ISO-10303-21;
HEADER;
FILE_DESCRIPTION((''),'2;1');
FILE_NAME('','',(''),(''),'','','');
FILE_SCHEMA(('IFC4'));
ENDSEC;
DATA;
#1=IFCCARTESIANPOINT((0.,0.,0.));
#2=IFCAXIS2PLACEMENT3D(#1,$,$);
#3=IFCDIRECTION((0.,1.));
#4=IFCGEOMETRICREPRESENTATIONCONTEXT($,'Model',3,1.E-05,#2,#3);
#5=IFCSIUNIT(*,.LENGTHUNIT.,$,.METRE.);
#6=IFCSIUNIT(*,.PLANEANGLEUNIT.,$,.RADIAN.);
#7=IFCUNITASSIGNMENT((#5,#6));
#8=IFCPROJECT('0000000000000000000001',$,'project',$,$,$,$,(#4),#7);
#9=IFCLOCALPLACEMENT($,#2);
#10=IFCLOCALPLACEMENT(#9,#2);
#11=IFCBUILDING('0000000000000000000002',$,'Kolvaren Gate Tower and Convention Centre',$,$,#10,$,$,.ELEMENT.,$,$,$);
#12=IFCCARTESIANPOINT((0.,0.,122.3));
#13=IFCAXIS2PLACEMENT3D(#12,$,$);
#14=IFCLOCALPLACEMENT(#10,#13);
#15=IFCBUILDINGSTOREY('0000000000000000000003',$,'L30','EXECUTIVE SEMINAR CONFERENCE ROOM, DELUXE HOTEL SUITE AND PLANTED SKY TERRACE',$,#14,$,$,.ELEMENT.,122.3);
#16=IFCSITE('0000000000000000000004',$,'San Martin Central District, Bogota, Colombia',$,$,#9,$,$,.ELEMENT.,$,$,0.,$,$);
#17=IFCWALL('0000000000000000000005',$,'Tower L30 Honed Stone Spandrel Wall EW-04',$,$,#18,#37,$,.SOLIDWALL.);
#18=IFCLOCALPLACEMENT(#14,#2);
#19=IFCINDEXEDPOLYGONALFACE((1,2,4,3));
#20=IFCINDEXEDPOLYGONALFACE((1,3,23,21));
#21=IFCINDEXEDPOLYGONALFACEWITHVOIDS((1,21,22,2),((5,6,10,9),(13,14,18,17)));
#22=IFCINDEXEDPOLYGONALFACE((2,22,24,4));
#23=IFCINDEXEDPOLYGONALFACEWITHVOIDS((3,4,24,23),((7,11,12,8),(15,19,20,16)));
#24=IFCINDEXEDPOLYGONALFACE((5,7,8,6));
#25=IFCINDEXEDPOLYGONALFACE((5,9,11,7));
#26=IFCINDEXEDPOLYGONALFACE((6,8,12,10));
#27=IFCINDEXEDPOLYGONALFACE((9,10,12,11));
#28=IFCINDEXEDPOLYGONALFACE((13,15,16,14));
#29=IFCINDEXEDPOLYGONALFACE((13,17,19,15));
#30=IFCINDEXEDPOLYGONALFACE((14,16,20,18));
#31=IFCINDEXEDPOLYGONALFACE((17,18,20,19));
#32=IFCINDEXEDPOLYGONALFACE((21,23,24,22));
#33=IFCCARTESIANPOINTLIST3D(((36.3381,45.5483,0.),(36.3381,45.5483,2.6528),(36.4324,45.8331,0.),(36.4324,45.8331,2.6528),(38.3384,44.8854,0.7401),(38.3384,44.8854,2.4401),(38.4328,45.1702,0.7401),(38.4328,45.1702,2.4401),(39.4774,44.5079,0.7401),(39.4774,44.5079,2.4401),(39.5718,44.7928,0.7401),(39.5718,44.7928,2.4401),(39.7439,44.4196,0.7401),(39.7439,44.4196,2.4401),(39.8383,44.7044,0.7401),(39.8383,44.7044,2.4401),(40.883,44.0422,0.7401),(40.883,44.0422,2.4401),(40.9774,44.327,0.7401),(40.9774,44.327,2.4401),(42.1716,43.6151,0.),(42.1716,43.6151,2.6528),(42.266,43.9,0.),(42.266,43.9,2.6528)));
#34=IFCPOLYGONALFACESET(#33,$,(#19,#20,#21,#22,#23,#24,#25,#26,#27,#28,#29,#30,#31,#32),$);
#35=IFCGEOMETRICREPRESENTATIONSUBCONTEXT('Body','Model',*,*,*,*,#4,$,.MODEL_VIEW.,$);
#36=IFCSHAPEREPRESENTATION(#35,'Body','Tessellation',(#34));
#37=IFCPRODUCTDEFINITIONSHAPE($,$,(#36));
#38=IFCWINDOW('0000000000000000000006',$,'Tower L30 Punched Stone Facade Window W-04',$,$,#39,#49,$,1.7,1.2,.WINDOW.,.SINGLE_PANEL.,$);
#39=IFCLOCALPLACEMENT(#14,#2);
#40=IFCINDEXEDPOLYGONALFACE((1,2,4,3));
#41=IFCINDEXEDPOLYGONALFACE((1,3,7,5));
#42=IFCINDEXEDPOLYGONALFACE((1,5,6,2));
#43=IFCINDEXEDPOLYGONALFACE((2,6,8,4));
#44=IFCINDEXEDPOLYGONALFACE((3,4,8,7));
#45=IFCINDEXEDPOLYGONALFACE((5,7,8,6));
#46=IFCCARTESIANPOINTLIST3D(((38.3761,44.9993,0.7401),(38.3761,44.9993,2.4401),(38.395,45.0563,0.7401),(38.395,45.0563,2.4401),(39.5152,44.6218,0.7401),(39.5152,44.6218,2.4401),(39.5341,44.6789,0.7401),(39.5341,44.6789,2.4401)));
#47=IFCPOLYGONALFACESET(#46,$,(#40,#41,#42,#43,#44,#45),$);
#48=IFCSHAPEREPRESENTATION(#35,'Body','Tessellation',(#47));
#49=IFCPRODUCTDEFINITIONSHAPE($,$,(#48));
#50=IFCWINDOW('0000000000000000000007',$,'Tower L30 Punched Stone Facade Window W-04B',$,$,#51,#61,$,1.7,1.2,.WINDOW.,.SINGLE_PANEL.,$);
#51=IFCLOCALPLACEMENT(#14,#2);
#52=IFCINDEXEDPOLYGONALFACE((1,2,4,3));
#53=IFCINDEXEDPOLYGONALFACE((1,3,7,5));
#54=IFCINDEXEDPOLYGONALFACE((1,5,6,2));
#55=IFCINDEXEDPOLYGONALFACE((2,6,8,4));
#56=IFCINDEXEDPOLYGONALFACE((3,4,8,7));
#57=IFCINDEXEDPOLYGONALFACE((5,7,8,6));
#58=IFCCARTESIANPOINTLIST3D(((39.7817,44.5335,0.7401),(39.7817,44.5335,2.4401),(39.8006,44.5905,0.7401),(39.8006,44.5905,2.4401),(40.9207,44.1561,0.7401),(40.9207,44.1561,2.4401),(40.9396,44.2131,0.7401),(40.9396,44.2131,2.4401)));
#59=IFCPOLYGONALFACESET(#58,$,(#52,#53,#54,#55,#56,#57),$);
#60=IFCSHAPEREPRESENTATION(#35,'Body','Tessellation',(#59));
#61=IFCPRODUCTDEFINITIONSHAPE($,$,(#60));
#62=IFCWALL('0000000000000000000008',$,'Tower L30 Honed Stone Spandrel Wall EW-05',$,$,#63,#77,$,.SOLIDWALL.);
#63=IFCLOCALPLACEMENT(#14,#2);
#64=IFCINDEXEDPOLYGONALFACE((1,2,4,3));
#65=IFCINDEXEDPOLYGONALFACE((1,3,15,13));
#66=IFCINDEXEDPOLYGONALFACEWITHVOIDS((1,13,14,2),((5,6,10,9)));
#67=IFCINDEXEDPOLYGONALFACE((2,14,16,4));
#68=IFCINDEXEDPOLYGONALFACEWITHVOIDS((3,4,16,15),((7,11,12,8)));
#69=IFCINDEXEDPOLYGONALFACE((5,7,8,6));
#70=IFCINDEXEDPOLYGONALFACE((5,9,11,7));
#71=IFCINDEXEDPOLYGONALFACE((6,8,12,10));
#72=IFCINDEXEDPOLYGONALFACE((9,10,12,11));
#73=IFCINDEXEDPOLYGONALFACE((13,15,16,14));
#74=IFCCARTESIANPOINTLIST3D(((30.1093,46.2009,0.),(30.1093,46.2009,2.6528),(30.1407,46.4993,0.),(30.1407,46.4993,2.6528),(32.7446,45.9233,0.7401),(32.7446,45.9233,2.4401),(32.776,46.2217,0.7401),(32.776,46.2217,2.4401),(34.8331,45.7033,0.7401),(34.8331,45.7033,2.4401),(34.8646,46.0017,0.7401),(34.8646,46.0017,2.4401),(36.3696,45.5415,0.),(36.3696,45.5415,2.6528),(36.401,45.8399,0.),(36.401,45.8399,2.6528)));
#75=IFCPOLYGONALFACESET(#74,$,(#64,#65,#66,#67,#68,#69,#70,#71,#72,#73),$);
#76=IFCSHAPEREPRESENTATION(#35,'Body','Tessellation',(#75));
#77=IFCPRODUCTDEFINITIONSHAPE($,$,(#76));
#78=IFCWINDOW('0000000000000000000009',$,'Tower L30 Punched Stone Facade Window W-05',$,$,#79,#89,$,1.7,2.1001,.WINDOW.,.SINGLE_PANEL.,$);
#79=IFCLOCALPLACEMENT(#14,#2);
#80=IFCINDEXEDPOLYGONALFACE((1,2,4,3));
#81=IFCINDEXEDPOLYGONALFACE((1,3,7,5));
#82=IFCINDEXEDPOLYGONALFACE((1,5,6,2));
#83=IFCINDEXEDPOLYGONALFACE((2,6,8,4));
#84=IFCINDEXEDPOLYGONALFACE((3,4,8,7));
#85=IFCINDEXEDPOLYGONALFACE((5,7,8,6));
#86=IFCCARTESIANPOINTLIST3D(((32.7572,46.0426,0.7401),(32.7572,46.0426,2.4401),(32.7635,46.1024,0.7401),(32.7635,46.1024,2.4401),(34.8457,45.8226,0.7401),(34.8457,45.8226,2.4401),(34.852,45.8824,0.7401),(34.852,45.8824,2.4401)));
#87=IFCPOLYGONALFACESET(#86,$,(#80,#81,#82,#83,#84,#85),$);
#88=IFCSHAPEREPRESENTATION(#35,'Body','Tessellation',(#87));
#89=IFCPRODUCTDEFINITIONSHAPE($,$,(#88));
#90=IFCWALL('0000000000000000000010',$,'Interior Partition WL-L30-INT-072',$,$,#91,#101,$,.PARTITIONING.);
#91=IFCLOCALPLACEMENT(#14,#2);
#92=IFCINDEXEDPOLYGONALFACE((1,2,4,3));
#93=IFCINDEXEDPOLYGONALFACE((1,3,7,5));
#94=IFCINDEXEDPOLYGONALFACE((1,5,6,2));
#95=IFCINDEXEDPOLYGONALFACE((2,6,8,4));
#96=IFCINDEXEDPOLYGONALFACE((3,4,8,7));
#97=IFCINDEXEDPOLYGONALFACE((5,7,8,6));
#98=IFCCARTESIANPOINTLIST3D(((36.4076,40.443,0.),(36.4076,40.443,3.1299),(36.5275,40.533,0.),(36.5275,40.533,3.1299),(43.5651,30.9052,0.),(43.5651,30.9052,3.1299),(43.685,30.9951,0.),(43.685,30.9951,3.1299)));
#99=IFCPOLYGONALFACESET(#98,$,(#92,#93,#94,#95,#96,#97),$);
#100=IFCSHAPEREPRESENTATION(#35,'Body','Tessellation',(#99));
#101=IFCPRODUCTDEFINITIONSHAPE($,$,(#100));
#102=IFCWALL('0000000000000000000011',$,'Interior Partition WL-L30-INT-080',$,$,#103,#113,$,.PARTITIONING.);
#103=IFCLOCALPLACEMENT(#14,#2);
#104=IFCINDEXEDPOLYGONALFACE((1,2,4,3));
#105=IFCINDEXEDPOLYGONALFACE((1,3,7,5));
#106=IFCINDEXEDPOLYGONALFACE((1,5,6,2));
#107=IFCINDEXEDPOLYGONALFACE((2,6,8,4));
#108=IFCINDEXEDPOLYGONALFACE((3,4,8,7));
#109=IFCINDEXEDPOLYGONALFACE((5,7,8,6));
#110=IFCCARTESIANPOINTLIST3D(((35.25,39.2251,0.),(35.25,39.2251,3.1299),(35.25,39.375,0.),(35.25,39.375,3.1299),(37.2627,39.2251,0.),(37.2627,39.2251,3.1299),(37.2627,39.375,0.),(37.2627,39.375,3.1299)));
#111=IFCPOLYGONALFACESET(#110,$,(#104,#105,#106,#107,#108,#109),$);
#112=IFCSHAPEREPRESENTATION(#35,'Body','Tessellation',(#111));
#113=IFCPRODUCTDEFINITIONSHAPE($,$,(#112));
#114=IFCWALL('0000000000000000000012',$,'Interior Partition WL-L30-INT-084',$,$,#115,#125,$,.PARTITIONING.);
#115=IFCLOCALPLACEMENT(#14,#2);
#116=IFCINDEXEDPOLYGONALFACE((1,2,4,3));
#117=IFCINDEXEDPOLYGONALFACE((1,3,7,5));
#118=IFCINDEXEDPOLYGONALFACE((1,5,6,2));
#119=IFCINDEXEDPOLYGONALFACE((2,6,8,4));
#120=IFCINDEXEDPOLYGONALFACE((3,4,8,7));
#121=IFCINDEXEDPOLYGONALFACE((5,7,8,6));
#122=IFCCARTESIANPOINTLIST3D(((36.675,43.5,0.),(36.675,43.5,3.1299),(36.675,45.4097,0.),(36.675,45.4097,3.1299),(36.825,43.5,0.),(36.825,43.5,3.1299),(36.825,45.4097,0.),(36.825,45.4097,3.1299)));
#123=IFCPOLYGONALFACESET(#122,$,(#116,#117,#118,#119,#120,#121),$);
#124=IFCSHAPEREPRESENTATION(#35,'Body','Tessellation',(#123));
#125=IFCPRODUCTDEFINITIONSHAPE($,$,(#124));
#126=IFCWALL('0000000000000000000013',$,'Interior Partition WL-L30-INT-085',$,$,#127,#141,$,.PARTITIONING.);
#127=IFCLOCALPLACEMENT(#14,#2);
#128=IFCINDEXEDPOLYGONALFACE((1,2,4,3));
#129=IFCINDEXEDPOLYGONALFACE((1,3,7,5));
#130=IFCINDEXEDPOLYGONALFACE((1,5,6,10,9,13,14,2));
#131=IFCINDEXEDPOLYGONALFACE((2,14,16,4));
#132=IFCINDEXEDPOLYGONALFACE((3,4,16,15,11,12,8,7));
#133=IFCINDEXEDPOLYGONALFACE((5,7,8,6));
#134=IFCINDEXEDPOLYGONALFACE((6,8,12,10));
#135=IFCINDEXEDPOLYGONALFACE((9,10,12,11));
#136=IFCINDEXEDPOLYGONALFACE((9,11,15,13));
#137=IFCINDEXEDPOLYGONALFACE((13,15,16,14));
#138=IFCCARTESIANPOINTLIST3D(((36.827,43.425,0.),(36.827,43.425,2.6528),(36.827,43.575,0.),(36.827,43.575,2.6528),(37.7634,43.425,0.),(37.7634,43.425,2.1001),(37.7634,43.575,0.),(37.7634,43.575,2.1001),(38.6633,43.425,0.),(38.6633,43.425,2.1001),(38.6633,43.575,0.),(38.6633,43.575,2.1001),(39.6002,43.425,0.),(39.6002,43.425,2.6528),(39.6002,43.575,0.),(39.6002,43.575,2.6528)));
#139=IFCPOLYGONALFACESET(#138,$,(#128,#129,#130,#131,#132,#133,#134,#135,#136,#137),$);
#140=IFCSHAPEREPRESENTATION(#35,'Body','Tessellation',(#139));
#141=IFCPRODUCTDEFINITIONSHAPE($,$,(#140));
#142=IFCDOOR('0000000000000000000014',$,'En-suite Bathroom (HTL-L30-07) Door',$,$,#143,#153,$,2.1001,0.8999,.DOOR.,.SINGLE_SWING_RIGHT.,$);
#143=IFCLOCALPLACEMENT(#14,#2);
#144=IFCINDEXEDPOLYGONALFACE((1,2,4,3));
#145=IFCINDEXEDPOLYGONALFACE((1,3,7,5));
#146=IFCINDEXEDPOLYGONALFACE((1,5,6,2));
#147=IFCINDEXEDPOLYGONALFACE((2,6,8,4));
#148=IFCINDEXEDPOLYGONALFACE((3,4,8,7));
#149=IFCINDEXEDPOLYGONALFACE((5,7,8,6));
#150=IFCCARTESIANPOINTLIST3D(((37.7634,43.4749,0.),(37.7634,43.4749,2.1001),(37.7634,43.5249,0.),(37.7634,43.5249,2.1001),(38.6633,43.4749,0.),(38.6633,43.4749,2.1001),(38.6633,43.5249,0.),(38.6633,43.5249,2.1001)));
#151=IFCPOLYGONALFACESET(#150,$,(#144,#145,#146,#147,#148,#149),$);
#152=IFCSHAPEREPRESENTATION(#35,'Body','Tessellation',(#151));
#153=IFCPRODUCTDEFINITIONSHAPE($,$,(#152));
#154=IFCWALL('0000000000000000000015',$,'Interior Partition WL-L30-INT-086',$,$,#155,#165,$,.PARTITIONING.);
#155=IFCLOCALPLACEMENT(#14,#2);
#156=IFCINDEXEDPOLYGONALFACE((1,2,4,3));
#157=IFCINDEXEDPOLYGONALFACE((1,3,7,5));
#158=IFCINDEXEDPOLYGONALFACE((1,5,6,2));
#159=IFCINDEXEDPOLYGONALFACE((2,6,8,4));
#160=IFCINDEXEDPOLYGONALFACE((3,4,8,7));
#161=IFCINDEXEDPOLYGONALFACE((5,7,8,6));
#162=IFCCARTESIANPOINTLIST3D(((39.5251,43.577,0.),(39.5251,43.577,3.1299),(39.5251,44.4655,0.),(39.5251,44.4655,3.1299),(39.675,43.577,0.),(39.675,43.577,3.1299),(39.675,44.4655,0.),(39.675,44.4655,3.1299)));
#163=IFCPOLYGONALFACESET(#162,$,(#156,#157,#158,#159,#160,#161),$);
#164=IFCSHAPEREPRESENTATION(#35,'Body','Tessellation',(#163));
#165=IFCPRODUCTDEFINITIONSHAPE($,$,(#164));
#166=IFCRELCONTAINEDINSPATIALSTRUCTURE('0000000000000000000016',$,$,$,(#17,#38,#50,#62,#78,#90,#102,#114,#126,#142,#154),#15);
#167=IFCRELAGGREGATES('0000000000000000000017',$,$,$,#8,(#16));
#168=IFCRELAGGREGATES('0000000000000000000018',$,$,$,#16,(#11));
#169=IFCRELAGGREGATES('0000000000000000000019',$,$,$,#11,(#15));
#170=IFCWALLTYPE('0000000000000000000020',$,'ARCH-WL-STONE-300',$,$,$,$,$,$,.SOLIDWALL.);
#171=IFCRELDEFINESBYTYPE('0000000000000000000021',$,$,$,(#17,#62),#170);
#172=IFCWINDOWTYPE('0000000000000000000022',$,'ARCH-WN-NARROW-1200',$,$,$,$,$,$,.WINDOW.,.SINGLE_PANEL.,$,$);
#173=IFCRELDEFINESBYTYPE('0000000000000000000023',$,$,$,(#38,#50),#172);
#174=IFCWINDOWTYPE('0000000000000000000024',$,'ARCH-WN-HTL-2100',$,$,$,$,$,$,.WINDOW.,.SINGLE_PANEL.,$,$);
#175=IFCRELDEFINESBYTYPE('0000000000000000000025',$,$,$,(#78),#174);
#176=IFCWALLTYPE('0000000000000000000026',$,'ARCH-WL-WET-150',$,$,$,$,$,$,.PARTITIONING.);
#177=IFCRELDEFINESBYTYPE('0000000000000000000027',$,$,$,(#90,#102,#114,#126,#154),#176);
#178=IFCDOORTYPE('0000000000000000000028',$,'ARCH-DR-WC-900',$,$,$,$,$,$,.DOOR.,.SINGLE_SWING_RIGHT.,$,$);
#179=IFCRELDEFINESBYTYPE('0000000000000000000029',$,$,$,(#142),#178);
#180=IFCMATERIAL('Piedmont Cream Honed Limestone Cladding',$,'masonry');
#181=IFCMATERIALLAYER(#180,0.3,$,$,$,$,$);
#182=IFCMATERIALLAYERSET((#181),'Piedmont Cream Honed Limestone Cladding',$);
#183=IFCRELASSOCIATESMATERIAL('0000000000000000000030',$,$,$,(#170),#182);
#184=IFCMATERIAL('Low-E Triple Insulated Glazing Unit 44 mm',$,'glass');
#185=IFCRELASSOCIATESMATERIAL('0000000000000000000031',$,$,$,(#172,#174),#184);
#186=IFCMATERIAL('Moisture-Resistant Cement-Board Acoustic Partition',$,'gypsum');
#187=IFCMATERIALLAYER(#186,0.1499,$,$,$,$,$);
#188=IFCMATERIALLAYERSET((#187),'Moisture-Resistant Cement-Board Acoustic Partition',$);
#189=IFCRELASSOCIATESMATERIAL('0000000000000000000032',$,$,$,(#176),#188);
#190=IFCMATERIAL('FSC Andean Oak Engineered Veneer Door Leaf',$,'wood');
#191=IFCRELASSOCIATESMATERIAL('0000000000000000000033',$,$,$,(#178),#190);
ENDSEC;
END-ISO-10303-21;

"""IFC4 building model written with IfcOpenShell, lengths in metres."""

from ifc_helpers import new_model, si_unit, direction, frame, frame_2d, origin, place, context, subcontext, project, spatial, rectangle, extrude, material, layer, layer_set, type_object, element, fill, save


model = new_model("IFC4")

# Units and contexts
model_context = context("Model", 3, precision=1e-05, world=origin(), true_north=direction((0.0, 1.0)))
body_context = subcontext(model_context, "Body", "Model", "MODEL_VIEW")
ifc_project = project(units=[si_unit("LENGTHUNIT", "METRE"), si_unit("PLANEANGLEUNIT", "RADIAN")], contexts=[model_context])

# Site, building, storey
site_placement = place(None, origin())
site = spatial("IfcSite", under=ifc_project, at=site_placement, Name="San Martin Central District, Bogota, Colombia", CompositionType="ELEMENT", RefElevation=0.0)
building_placement = place(site_placement, origin())
building = spatial("IfcBuilding", under=site, at=building_placement, Name="Kolvaren Gate Tower and Convention Centre", CompositionType="ELEMENT")
storey_placement = place(building_placement, frame((0.0, 0.0, 122.3)))
storey = spatial("IfcBuildingStorey", under=building, at=storey_placement, Name="L30", Description="EXECUTIVE SEMINAR CONFERENCE ROOM, DELUXE HOTEL SUITE AND PLANTED SKY TERRACE", CompositionType="ELEMENT", Elevation=122.3)

# Shared definitions
ifc_material_1 = material(Name="Low-E Triple Insulated Glazing Unit 44 mm", Category="glass")

# Wall, openings, windows
ifc_material_2 = material(Name="Piedmont Cream Honed Limestone Cladding", Category="masonry")
ifc_layer_1 = layer(ifc_material_2, 0.3)
ifc_layer_set_1 = layer_set([ifc_layer_1], Name="Piedmont Cream Honed Limestone Cladding")
wall_type_1 = type_object("IfcWallType", Name="ARCH-WL-STONE-300", PredefinedType="SOLIDWALL", material=ifc_layer_set_1)
wall_1_placement = place(storey_placement, frame((36.3853, 45.6907, 0.0), z_axis=(0.0, 0.0, 1.0), x_axis=(0.949238, -0.314559, 0.0)))
wall_1 = element("IfcWall", 1, at=wall_1_placement, inside=storey, type_object=wall_type_1, Name="Tower L30 Honed Stone Spandrel Wall EW-04", PredefinedType="SOLIDWALL", context=body_context, shape_type="SweptSolid", body=[
    extrude(rectangle(XDim=6.1455, YDim=0.3, at=frame_2d((3.0728, 0.0))), origin(), (0.0, 0.0, 1.0), 2.6528),
])
opening_1_placement = place(wall_1_placement, frame((2.1072, 0.0, 0.74)))
opening_1 = element("IfcOpeningElement", 2, at=opening_1_placement, cuts=wall_1, PredefinedType="OPENING", context=body_context, shape_type="SweptSolid", body=[
    extrude(rectangle(XDim=1.2, YDim=1.7, at=frame_2d((0.6001, 0.8501))), frame((0.0, 0.1599, 0.0), z_axis=(0.0, -1.0, 0.0), x_axis=(1.0, 0.0, 0.0)), (0.0, 0.0, 1.0), 0.3201),
])
opening_2_placement = place(wall_1_placement, frame((3.5879, 0.0, 0.74)))
opening_2 = element("IfcOpeningElement", 3, at=opening_2_placement, cuts=wall_1, PredefinedType="OPENING", context=body_context, shape_type="SweptSolid", body=[
    extrude(rectangle(XDim=1.2, YDim=1.7, at=frame_2d((0.6001, 0.8501))), frame((0.0, 0.1599, 0.0), z_axis=(0.0, -1.0, 0.0), x_axis=(1.0, 0.0, 0.0)), (0.0, 0.0, 1.0), 0.3201),
])
window_type_1 = type_object("IfcWindowType", Name="ARCH-WN-NARROW-1200", PartitioningType="SINGLE_PANEL", PredefinedType="WINDOW", material=ifc_material_1)
window_1_placement = place(opening_1_placement, origin())
window_1 = element("IfcWindow", 4, at=window_1_placement, inside=storey, type_object=window_type_1, Name="Tower L30 Punched Stone Facade Window W-04", OverallHeight=1.7, OverallWidth=1.2, PartitioningType="SINGLE_PANEL", PredefinedType="WINDOW", context=body_context, shape_type="SweptSolid", body=[
    extrude(rectangle(XDim=1.2, YDim=1.7, at=frame_2d((0.6001, 0.8501))), frame((0.0, 0.03, 0.0), z_axis=(0.0, -1.0, 0.0), x_axis=(1.0, 0.0, 0.0)), (0.0, 0.0, 1.0), 0.0601),
])
fill(opening_1, window_1)
window_2_placement = place(opening_2_placement, origin())
window_2 = element("IfcWindow", 5, at=window_2_placement, inside=storey, type_object=window_type_1, Name="Tower L30 Punched Stone Facade Window W-04B", OverallHeight=1.7, OverallWidth=1.2, PartitioningType="SINGLE_PANEL", PredefinedType="WINDOW", context=body_context, shape_type="SweptSolid", body=[
    extrude(rectangle(XDim=1.2, YDim=1.7, at=frame_2d((0.6001, 0.8501))), frame((0.0, 0.03, 0.0), z_axis=(0.0, -1.0, 0.0), x_axis=(1.0, 0.0, 0.0)), (0.0, 0.0, 1.0), 0.0601),
])
fill(opening_2, window_2)

# Wall, opening, window
wall_2_placement = place(storey_placement, frame((30.125, 46.3501, 0.0), z_axis=(0.0, 0.0, 1.0), x_axis=(0.994498, -0.104755, 0.0)))
wall_2 = element("IfcWall", 6, at=wall_2_placement, inside=storey, type_object=wall_type_1, Name="Tower L30 Honed Stone Spandrel Wall EW-05", PredefinedType="SOLIDWALL", context=body_context, shape_type="SweptSolid", body=[
    extrude(rectangle(XDim=6.2949, YDim=0.3, at=frame_2d((3.1475, 0.0))), origin(), (0.0, 0.0, 1.0), 2.6528),
])
opening_3_placement = place(wall_2_placement, frame((2.6499, 0.0, 0.74)))
opening_3 = element("IfcOpeningElement", 7, at=opening_3_placement, cuts=wall_2, PredefinedType="OPENING", context=body_context, shape_type="SweptSolid", body=[
    extrude(rectangle(XDim=2.1001, YDim=1.7, at=frame_2d((1.05, 0.8501))), frame((0.0, 0.1599, 0.0), z_axis=(0.0, -1.0, 0.0), x_axis=(1.0, 0.0, 0.0)), (0.0, 0.0, 1.0), 0.3201),
])
window_type_2 = type_object("IfcWindowType", Name="ARCH-WN-HTL-2100", PartitioningType="SINGLE_PANEL", PredefinedType="WINDOW", material=ifc_material_1)
window_3_placement = place(opening_3_placement, origin())
window_3 = element("IfcWindow", 8, at=window_3_placement, inside=storey, type_object=window_type_2, Name="Tower L30 Punched Stone Facade Window W-05", OverallHeight=1.7, OverallWidth=2.1001, PartitioningType="SINGLE_PANEL", PredefinedType="WINDOW", context=body_context, shape_type="SweptSolid", body=[
    extrude(rectangle(XDim=2.1001, YDim=1.7, at=frame_2d((1.05, 0.8501))), frame((0.0, 0.03, 0.0), z_axis=(0.0, -1.0, 0.0), x_axis=(1.0, 0.0, 0.0)), (0.0, 0.0, 1.0), 0.0601),
])
fill(opening_3, window_3)

# Walls
ifc_material_3 = material(Name="Moisture-Resistant Cement-Board Acoustic Partition", Category="gypsum")
ifc_layer_2 = layer(ifc_material_3, 0.1499)
ifc_layer_set_2 = layer_set([ifc_layer_2], Name="Moisture-Resistant Cement-Board Acoustic Partition")
wall_type_2 = type_object("IfcWallType", Name="ARCH-WL-WET-150", PredefinedType="PARTITIONING", material=ifc_layer_set_2)
wall_3_placement = place(storey_placement, frame((36.4675, 40.488, 0.0), z_axis=(0.0, 0.0, 1.0), x_axis=(0.600219, -0.799835, 0.0)))
element("IfcWall", 9, at=wall_3_placement, inside=storey, type_object=wall_type_2, Name="Interior Partition WL-L30-INT-072", PredefinedType="PARTITIONING", context=body_context, shape_type="SweptSolid", body=[
    extrude(rectangle(XDim=11.9248, YDim=0.1499, at=frame_2d((5.9624, 0.0))), origin(), (0.0, 0.0, 1.0), 3.1299),
])
wall_4_placement = place(storey_placement, frame((35.25, 39.3, 0.0), z_axis=(0.0, 0.0, 1.0), x_axis=(1.0, 0.0, 0.0)))
element("IfcWall", 10, at=wall_4_placement, inside=storey, type_object=wall_type_2, Name="Interior Partition WL-L30-INT-080", PredefinedType="PARTITIONING", context=body_context, shape_type="SweptSolid", body=[
    extrude(rectangle(XDim=2.0127, YDim=0.1499, at=frame_2d((1.0063, 0.0))), origin(), (0.0, 0.0, 1.0), 3.1299),
])
wall_5_placement = place(storey_placement, frame((36.75, 43.5, 0.0), z_axis=(0.0, 0.0, 1.0), x_axis=(0.0, 1.0, 0.0)))
element("IfcWall", 11, at=wall_5_placement, inside=storey, type_object=wall_type_2, Name="Interior Partition WL-L30-INT-084", PredefinedType="PARTITIONING", context=body_context, shape_type="SweptSolid", body=[
    extrude(rectangle(XDim=1.9097, YDim=0.1499, at=frame_2d((0.9548, 0.0))), origin(), (0.0, 0.0, 1.0), 3.1299),
])

# Wall, opening, door
wall_6_placement = place(storey_placement, frame((36.8269, 43.5, 0.0), z_axis=(0.0, 0.0, 1.0), x_axis=(1.0, 0.0, 0.0)))
wall_6 = element("IfcWall", 12, at=wall_6_placement, inside=storey, type_object=wall_type_2, Name="Interior Partition WL-L30-INT-085", PredefinedType="PARTITIONING", context=body_context, shape_type="SweptSolid", body=[
    extrude(rectangle(XDim=2.7732, YDim=0.1499, at=frame_2d((1.3867, 0.0))), origin(), (0.0, 0.0, 1.0), 2.6528),
])
opening_4_placement = place(wall_6_placement, frame((0.9365, 0.0, 0.0)))
opening_4 = element("IfcOpeningElement", 13, at=opening_4_placement, cuts=wall_6, PredefinedType="OPENING", context=body_context, shape_type="SweptSolid", body=[
    extrude(rectangle(XDim=0.8999, YDim=2.1001, at=frame_2d((0.45, 1.05))), frame((0.0, 0.085, 0.0), z_axis=(0.0, -1.0, 0.0), x_axis=(1.0, 0.0, 0.0)), (0.0, 0.0, 1.0), 0.1699),
])
ifc_material_4 = material(Name="FSC Andean Oak Engineered Veneer Door Leaf", Category="wood")
door_type_1 = type_object("IfcDoorType", Name="ARCH-DR-WC-900", OperationType="SINGLE_SWING_RIGHT", PredefinedType="DOOR", material=ifc_material_4)
door_1_placement = place(opening_4_placement, origin())
door_1 = element("IfcDoor", 14, at=door_1_placement, inside=storey, type_object=door_type_1, Name="En-suite Bathroom (HTL-L30-07) Door", OperationType="SINGLE_SWING_RIGHT", OverallHeight=2.1001, OverallWidth=0.8999, PredefinedType="DOOR", context=body_context, shape_type="SweptSolid", body=[
    extrude(rectangle(XDim=0.8999, YDim=2.1001, at=frame_2d((0.45, 1.05))), frame((0.0, 0.0249, 0.0), z_axis=(0.0, -1.0, 0.0), x_axis=(1.0, 0.0, 0.0)), (0.0, 0.0, 1.0), 0.05),
])
fill(opening_4, door_1)

# Wall
wall_7_placement = place(storey_placement, frame((39.6001, 43.5769, 0.0), z_axis=(0.0, 0.0, 1.0), x_axis=(0.0, 1.0, 0.0)))
element("IfcWall", 15, at=wall_7_placement, inside=storey, type_object=wall_type_2, Name="Interior Partition WL-L30-INT-086", PredefinedType="PARTITIONING", context=body_context, shape_type="SweptSolid", body=[
    extrude(rectangle(XDim=0.8884, YDim=0.1499, at=frame_2d((0.4443, 0.0))), origin(), (0.0, 0.0, 1.0), 3.1299),
])

save(model, "model.ifc")
